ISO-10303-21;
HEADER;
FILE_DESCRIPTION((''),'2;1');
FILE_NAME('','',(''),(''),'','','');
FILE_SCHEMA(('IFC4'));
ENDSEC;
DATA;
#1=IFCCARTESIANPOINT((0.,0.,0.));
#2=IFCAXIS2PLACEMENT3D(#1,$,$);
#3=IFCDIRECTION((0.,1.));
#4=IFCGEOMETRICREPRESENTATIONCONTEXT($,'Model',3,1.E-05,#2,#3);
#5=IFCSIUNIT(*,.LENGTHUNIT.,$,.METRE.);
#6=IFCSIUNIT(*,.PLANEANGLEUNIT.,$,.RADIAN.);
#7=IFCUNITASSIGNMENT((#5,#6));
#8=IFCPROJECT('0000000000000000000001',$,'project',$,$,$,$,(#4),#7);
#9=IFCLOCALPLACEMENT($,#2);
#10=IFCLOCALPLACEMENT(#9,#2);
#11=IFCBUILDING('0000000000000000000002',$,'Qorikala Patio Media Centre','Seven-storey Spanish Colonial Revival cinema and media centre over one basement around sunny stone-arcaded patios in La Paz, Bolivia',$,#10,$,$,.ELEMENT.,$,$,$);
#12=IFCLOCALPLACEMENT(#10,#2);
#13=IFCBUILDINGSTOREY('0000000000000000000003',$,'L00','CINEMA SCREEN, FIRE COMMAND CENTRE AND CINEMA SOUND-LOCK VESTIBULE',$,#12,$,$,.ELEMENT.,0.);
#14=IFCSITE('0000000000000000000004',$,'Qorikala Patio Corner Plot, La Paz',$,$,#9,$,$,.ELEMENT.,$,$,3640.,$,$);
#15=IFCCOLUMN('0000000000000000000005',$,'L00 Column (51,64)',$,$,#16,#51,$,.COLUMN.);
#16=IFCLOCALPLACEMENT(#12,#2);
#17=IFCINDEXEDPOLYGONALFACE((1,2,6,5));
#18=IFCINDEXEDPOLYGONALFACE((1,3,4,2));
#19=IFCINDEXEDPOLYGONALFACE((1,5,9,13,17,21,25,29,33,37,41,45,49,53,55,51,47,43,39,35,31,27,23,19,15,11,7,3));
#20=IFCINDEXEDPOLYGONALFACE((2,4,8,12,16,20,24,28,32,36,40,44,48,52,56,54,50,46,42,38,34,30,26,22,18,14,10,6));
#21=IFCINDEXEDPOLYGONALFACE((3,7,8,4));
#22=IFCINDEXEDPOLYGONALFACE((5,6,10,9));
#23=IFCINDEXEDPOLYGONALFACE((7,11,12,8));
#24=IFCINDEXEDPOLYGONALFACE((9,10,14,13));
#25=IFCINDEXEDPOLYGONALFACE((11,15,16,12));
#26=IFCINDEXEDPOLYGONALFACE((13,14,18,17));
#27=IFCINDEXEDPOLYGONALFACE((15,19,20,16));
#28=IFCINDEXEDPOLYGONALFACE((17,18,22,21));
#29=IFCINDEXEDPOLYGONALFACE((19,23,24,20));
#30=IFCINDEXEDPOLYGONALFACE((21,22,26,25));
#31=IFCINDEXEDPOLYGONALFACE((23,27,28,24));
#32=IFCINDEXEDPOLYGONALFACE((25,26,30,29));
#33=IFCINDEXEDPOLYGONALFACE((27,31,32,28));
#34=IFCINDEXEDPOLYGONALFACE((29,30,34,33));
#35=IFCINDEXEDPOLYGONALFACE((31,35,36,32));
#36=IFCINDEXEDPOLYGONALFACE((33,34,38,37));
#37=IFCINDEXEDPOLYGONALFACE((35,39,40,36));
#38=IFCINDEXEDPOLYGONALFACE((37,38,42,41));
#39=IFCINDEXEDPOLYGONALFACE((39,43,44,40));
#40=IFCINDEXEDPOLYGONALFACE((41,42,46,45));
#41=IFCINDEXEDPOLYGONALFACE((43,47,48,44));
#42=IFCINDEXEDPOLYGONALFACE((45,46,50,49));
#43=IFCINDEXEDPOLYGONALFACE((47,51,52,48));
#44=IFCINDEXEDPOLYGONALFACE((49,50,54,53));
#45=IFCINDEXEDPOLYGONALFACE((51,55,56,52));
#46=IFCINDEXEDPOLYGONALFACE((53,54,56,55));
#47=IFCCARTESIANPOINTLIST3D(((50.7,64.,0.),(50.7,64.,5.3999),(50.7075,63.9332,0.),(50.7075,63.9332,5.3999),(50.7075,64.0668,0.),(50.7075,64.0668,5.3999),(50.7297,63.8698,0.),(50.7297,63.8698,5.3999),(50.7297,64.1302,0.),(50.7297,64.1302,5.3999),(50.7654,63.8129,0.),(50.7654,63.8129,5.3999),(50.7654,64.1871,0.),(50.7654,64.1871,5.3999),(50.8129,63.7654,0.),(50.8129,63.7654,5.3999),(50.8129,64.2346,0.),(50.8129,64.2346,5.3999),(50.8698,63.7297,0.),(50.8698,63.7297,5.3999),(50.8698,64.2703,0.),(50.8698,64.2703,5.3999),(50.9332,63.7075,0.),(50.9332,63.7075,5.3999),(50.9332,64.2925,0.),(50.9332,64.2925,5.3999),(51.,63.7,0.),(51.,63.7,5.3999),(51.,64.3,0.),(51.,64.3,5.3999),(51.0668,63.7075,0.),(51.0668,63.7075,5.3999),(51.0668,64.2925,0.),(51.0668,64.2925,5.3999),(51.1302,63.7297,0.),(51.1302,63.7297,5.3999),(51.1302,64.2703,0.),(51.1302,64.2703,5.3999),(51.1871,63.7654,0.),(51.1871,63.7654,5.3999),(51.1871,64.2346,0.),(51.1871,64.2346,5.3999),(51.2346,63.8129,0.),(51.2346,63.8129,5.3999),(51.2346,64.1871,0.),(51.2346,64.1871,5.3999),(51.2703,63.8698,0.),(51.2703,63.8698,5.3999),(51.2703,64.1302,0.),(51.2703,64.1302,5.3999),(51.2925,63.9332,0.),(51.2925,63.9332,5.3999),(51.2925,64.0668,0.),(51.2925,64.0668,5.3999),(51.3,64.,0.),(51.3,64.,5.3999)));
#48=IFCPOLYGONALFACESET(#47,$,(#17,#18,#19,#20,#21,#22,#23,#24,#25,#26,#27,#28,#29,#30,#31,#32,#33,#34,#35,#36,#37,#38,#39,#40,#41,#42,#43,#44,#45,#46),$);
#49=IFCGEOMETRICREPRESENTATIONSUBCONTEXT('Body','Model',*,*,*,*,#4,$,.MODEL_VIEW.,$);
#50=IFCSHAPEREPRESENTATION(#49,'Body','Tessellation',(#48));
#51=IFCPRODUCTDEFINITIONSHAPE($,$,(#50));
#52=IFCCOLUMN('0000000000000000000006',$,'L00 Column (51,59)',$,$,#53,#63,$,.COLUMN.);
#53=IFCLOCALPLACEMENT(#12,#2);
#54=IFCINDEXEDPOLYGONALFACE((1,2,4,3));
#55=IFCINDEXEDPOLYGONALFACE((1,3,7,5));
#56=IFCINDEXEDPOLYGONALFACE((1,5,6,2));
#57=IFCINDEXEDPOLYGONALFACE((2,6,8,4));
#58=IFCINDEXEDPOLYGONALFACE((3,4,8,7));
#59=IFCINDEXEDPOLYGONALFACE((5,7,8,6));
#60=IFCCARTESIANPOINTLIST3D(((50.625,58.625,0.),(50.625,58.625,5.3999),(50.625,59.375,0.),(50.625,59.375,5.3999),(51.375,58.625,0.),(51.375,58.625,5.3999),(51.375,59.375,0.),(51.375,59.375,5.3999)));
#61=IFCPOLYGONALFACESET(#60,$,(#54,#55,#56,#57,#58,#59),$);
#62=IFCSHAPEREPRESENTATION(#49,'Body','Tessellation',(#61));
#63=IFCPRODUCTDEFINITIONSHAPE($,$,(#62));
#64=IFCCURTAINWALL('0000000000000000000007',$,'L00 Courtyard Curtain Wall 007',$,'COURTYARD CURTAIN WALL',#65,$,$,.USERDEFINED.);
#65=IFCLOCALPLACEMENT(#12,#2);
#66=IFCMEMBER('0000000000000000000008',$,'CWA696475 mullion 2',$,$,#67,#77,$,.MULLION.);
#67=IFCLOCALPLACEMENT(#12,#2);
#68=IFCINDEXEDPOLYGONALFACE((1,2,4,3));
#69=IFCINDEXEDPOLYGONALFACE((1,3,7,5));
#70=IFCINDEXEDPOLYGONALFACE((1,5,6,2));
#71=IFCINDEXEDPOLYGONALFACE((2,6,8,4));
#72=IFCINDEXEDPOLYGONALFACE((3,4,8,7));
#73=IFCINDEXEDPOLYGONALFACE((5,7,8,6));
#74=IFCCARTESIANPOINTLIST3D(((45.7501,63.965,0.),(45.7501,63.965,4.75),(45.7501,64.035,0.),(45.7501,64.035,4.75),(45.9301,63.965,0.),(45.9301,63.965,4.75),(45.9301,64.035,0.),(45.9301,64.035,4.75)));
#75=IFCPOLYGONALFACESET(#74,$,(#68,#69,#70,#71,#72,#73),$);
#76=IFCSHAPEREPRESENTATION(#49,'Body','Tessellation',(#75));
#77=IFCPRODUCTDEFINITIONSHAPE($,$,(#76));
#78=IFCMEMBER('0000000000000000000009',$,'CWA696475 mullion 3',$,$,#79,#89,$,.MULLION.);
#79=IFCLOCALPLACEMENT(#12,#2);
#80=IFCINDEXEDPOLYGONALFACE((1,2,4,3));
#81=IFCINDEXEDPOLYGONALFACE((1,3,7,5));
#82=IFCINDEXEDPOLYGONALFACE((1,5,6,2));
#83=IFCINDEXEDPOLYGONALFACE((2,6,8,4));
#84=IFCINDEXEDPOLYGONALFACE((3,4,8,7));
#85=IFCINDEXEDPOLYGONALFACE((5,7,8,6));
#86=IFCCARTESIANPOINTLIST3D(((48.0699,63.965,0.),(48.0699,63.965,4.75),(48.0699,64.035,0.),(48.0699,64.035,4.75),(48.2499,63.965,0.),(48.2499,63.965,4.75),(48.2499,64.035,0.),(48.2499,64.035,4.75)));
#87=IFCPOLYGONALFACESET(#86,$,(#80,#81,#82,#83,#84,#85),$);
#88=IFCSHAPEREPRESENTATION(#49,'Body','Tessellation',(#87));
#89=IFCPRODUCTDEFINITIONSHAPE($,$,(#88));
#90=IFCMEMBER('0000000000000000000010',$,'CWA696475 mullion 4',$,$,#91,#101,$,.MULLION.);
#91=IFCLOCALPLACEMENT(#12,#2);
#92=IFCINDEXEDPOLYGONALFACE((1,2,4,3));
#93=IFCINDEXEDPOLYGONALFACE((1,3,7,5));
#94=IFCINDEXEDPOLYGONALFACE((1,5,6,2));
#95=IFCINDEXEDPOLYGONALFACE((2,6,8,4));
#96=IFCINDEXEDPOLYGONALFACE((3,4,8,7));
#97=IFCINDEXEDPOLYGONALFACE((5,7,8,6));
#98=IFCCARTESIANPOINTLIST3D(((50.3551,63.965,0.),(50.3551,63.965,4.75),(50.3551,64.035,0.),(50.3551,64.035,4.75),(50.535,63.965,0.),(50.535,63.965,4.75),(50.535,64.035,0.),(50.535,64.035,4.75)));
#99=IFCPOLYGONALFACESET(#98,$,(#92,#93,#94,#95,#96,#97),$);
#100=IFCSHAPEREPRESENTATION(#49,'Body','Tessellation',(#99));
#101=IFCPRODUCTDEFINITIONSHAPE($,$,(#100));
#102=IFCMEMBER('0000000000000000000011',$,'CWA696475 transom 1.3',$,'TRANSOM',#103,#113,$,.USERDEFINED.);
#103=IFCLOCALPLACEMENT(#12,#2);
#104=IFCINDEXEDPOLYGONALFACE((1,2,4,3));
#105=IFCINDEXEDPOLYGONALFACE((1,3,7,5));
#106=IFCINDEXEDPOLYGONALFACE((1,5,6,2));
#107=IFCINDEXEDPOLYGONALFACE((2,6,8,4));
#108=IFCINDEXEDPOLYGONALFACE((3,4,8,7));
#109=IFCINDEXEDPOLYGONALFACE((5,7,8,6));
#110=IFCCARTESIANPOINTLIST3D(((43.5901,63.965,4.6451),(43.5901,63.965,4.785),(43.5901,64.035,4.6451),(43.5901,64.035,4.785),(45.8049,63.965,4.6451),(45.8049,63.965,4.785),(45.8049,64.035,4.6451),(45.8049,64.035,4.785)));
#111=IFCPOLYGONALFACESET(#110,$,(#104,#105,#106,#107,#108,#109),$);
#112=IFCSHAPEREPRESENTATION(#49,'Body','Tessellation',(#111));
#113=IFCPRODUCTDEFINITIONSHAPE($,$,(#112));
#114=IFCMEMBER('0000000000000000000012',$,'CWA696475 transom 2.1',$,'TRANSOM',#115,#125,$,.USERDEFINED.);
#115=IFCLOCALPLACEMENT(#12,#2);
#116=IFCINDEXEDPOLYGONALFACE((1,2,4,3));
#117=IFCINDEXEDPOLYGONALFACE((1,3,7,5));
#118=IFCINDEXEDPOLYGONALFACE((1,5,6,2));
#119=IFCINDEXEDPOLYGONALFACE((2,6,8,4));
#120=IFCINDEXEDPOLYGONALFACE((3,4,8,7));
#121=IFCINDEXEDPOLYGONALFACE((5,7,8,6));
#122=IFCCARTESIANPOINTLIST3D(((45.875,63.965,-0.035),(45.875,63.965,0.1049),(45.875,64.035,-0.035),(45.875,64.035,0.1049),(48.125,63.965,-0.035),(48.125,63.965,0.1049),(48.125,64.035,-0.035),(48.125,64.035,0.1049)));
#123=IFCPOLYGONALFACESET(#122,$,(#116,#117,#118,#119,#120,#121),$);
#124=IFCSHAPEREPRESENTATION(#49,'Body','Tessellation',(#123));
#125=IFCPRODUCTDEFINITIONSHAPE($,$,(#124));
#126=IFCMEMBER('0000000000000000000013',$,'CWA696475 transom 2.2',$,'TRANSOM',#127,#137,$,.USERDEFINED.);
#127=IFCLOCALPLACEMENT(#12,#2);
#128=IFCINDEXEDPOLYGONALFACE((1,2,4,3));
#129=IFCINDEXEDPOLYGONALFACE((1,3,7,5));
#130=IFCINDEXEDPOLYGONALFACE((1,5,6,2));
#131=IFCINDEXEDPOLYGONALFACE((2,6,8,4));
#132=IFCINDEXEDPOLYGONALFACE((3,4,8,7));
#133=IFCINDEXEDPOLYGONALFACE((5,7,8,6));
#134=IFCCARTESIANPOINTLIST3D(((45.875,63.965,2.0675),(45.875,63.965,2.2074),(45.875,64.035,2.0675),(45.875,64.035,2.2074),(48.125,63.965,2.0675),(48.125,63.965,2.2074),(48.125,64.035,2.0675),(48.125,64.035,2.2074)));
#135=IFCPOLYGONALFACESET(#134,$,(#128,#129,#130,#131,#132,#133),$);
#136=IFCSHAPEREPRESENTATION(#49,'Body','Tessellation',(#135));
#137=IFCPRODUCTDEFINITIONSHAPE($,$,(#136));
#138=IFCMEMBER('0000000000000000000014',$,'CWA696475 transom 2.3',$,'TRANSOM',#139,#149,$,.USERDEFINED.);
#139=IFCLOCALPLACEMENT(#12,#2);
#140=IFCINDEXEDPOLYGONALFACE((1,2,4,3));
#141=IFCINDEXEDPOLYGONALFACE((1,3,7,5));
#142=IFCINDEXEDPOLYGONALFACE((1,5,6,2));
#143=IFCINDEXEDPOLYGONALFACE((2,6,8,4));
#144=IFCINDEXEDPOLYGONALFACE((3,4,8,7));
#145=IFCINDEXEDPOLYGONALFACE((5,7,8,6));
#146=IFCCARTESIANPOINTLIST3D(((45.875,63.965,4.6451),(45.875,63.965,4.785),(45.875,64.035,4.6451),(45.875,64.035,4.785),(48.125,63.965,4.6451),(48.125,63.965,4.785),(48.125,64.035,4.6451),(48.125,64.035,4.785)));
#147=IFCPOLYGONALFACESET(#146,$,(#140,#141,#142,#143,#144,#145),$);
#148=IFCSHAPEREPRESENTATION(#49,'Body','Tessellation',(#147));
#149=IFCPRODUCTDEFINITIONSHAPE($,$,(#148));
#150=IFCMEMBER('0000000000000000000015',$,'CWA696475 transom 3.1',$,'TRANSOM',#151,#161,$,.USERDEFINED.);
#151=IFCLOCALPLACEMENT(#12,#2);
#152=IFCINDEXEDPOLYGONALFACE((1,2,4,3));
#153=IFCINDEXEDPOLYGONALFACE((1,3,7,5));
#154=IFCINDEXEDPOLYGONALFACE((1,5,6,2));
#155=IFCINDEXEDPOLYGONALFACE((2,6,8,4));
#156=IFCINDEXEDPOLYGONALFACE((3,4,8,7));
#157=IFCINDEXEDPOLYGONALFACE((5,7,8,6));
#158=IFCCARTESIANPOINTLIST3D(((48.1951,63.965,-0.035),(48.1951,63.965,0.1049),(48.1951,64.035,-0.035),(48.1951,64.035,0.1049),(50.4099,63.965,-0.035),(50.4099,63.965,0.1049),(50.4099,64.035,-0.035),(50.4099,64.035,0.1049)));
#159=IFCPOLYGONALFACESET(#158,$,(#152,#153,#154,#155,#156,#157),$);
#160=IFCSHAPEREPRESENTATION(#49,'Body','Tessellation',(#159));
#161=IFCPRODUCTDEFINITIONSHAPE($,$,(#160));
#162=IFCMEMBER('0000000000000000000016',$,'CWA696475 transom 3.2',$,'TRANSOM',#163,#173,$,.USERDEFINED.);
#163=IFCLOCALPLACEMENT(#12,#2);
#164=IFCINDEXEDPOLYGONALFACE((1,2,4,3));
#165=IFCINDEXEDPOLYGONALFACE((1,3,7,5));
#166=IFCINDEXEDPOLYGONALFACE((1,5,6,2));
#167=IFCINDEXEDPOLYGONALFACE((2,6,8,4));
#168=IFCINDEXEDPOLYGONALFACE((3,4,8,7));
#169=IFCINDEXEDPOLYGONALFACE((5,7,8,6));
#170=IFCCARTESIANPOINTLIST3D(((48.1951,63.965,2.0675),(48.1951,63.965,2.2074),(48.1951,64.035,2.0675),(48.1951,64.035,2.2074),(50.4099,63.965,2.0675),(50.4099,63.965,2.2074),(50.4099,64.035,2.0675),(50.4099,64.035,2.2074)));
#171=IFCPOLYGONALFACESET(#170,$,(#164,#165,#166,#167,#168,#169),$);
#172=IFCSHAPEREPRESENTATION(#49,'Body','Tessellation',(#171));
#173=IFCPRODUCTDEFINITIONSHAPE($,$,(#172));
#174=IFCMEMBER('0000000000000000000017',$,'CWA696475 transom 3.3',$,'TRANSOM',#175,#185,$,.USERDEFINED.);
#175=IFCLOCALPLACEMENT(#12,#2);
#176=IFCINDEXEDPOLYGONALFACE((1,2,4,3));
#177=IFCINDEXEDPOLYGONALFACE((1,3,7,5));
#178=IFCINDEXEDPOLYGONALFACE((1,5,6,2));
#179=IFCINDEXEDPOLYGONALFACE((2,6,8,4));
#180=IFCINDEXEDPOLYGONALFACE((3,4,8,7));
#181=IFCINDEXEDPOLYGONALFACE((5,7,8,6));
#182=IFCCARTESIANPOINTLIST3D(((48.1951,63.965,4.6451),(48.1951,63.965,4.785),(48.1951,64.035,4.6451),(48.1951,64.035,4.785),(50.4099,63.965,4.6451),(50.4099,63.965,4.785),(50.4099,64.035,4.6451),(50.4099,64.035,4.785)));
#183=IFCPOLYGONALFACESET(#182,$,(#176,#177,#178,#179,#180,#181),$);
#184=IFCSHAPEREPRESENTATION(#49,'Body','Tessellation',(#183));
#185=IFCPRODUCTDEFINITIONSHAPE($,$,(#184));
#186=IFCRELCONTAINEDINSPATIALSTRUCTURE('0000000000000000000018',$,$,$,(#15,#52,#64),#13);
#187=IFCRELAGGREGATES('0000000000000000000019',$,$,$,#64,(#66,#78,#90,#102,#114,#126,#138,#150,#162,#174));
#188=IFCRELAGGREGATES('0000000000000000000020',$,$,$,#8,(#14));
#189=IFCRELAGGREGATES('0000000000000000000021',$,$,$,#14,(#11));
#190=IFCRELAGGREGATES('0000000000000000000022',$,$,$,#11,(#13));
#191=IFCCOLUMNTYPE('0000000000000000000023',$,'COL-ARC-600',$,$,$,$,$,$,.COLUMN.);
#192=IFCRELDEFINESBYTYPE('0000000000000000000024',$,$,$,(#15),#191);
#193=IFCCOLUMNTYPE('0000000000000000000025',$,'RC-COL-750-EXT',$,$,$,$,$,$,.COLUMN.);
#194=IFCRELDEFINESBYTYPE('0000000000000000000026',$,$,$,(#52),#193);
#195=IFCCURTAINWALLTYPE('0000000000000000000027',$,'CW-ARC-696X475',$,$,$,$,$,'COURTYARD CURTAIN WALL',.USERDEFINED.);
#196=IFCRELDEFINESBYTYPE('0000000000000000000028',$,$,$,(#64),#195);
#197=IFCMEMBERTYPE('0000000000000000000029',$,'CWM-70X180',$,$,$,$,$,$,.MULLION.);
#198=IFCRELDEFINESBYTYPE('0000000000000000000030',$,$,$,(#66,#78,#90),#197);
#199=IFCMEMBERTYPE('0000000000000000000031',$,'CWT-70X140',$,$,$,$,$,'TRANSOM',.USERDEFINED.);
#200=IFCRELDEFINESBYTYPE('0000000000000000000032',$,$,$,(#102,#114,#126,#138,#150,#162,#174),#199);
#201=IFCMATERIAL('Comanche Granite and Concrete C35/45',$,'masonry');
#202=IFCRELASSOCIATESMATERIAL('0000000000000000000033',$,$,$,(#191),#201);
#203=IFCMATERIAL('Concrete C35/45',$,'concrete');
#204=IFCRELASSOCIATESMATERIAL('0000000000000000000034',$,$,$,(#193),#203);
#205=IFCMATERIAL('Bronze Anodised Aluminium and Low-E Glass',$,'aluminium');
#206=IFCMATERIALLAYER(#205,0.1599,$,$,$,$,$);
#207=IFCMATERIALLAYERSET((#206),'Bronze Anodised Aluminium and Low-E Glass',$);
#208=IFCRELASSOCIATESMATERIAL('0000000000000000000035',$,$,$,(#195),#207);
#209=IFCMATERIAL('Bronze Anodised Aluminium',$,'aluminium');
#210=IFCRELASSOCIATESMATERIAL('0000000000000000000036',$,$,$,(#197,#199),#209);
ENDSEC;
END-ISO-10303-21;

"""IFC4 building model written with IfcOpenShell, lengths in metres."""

from ifc_helpers import new_model, si_unit, direction, frame, origin, origin_2d, place, context, subcontext, project, spatial, rectangle, circle, extrude, material, layer, layer_set, material_profile, profile_set, type_object, element, aggregate, save


model = new_model("IFC4")

# Units and contexts
model_context = context("Model", 3, precision=1e-05, world=origin(), true_north=direction((0.0, 1.0)))
body_context = subcontext(model_context, "Body", "Model", "MODEL_VIEW")
ifc_project = project(units=[si_unit("LENGTHUNIT", "METRE"), si_unit("PLANEANGLEUNIT", "RADIAN")], contexts=[model_context])

# Site, building, storey
site_placement = place(None, origin())
site = spatial("IfcSite", under=ifc_project, at=site_placement, Name="Qorikala Patio Corner Plot, La Paz", CompositionType="ELEMENT", RefElevation=3640.0)
building_placement = place(site_placement, origin())
building = spatial("IfcBuilding", under=site, at=building_placement, Name="Qorikala Patio Media Centre", Description="Seven-storey Spanish Colonial Revival cinema and media centre over one basement around sunny stone-arcaded patios in La Paz, Bolivia", CompositionType="ELEMENT")
storey_placement = place(building_placement, origin())
storey = spatial("IfcBuildingStorey", under=building, at=storey_placement, Name="L00", Description="CINEMA SCREEN, FIRE COMMAND CENTRE AND CINEMA SOUND-LOCK VESTIBULE", CompositionType="ELEMENT", Elevation=0.0)

# Columns
ifc_material_1 = material(Name="Comanche Granite and Concrete C35/45", Category="masonry")
ifc_material_profile_1 = material_profile(ifc_material_1, circle(Radius=0.3, at=origin_2d()), Name="STONE COL D600")
ifc_profile_set_1 = profile_set([ifc_material_profile_1], Name="Comanche Granite and Concrete C35/45")
column_type_1 = type_object("IfcColumnType", Name="COL-ARC-600", PredefinedType="COLUMN", material=ifc_profile_set_1)
column_1_placement = place(storey_placement, frame((51.0, 64.0, 0.0), z_axis=(0.0, 0.0, 1.0), x_axis=(1.0, 0.0, 0.0)))
element("IfcColumn", 1, at=column_1_placement, inside=storey, type_object=column_type_1, Name="L00 Column (51,64)", PredefinedType="COLUMN", context=body_context, shape_type="SweptSolid", body=[
    extrude(circle(Radius=0.3, at=origin_2d()), origin(), (0.0, 0.0, 1.0), 5.3999),
])
ifc_material_2 = material(Name="Concrete C35/45", Category="concrete")
ifc_material_profile_2 = material_profile(ifc_material_2, rectangle(XDim=0.75, YDim=0.75, at=origin_2d()), Name="RC 750x750")
ifc_profile_set_2 = profile_set([ifc_material_profile_2], Name="Concrete C35/45")
column_type_2 = type_object("IfcColumnType", Name="RC-COL-750-EXT", PredefinedType="COLUMN", material=ifc_profile_set_2)
column_2_placement = place(storey_placement, frame((51.0, 59.0, 0.0), z_axis=(0.0, 0.0, 1.0), x_axis=(1.0, 0.0, 0.0)))
element("IfcColumn", 2, at=column_2_placement, inside=storey, type_object=column_type_2, Name="L00 Column (51,59)", PredefinedType="COLUMN", context=body_context, shape_type="SweptSolid", body=[
    extrude(rectangle(XDim=0.75, YDim=0.75, at=origin_2d()), origin(), (0.0, 0.0, 1.0), 5.3999),
])

# Curtain wall, members
ifc_material_3 = material(Name="Bronze Anodised Aluminium and Low-E Glass", Category="aluminium")
ifc_layer_1 = layer(ifc_material_3, 0.1599)
ifc_layer_set_1 = layer_set([ifc_layer_1], Name="Bronze Anodised Aluminium and Low-E Glass")
curtain_wall_type = type_object("IfcCurtainWallType", Name="CW-ARC-696X475", ElementType="COURTYARD CURTAIN WALL", PredefinedType="USERDEFINED", material=ifc_layer_set_1)
curtain_wall_placement = place(storey_placement, origin())
curtain_wall = element("IfcCurtainWall", 3, at=curtain_wall_placement, inside=storey, type_object=curtain_wall_type, Name="L00 Courtyard Curtain Wall 007", ObjectType="COURTYARD CURTAIN WALL", PredefinedType="USERDEFINED")
ifc_material_4 = material(Name="Bronze Anodised Aluminium", Category="aluminium")
ifc_material_profile_3 = material_profile(ifc_material_4, rectangle(XDim=0.0701, YDim=0.1799, at=origin_2d()), Name="ALU MULLION 70x180")
ifc_profile_set_3 = profile_set([ifc_material_profile_3], Name="Bronze Anodised Aluminium")
member_type_1 = type_object("IfcMemberType", Name="CWM-70X180", PredefinedType="MULLION", material=ifc_profile_set_3)
member_1_placement = place(storey_placement, frame((45.8401, 64.0, 0.0), z_axis=(0.0, 0.0, 1.0), x_axis=(0.0, 1.0, 0.0)))
member_1 = element("IfcMember", 4, at=member_1_placement, type_object=member_type_1, Name="CWA696475 mullion 2", PredefinedType="MULLION", context=body_context, shape_type="SweptSolid", body=[
    extrude(rectangle(XDim=0.0701, YDim=0.1799, at=origin_2d()), origin(), (0.0, 0.0, 1.0), 4.75),
])
member_2_placement = place(storey_placement, frame((48.1599, 64.0, 0.0), z_axis=(0.0, 0.0, 1.0), x_axis=(0.0, 1.0, 0.0)))
member_2 = element("IfcMember", 5, at=member_2_placement, type_object=member_type_1, Name="CWA696475 mullion 3", PredefinedType="MULLION", context=body_context, shape_type="SweptSolid", body=[
    extrude(rectangle(XDim=0.0701, YDim=0.1799, at=origin_2d()), origin(), (0.0, 0.0, 1.0), 4.75),
])
member_3_placement = place(storey_placement, frame((50.4451, 64.0, 0.0), z_axis=(0.0, 0.0, 1.0), x_axis=(0.0, 1.0, 0.0)))
member_3 = element("IfcMember", 6, at=member_3_placement, type_object=member_type_1, Name="CWA696475 mullion 4", PredefinedType="MULLION", context=body_context, shape_type="SweptSolid", body=[
    extrude(rectangle(XDim=0.0701, YDim=0.1799, at=origin_2d()), origin(), (0.0, 0.0, 1.0), 4.75),
])
ifc_material_profile_4 = material_profile(ifc_material_4, rectangle(XDim=0.0701, YDim=0.1399, at=origin_2d()), Name="ALU TRANSOM 70x140")
ifc_profile_set_4 = profile_set([ifc_material_profile_4], Name="Bronze Anodised Aluminium")
member_type_2 = type_object("IfcMemberType", Name="CWT-70X140", ElementType="TRANSOM", PredefinedType="USERDEFINED", material=ifc_profile_set_4)
member_4_placement = place(storey_placement, frame((43.5901, 64.0, 4.7151), z_axis=(1.0, 0.0, 0.0), x_axis=(0.0, 1.0, 0.0)))
member_4 = element("IfcMember", 7, at=member_4_placement, type_object=member_type_2, Name="CWA696475 transom 1.3", ObjectType="TRANSOM", PredefinedType="USERDEFINED", context=body_context, shape_type="SweptSolid", body=[
    extrude(rectangle(XDim=0.0701, YDim=0.1399, at=origin_2d()), origin(), (0.0, 0.0, 1.0), 2.2148),
])
member_5_placement = place(storey_placement, frame((45.875, 64.0, 0.0349), z_axis=(1.0, 0.0, 0.0), x_axis=(0.0, 1.0, 0.0)))
member_5 = element("IfcMember", 8, at=member_5_placement, type_object=member_type_2, Name="CWA696475 transom 2.1", ObjectType="TRANSOM", PredefinedType="USERDEFINED", context=body_context, shape_type="SweptSolid", body=[
    extrude(rectangle(XDim=0.0701, YDim=0.1399, at=origin_2d()), origin(), (0.0, 0.0, 1.0), 2.25),
])
member_6_placement = place(storey_placement, frame((45.875, 64.0, 2.1375), z_axis=(1.0, 0.0, 0.0), x_axis=(0.0, 1.0, 0.0)))
member_6 = element("IfcMember", 9, at=member_6_placement, type_object=member_type_2, Name="CWA696475 transom 2.2", ObjectType="TRANSOM", PredefinedType="USERDEFINED", context=body_context, shape_type="SweptSolid", body=[
    extrude(rectangle(XDim=0.0701, YDim=0.1399, at=origin_2d()), origin(), (0.0, 0.0, 1.0), 2.25),
])
member_7_placement = place(storey_placement, frame((45.875, 64.0, 4.7151), z_axis=(1.0, 0.0, 0.0), x_axis=(0.0, 1.0, 0.0)))
member_7 = element("IfcMember", 10, at=member_7_placement, type_object=member_type_2, Name="CWA696475 transom 2.3", ObjectType="TRANSOM", PredefinedType="USERDEFINED", context=body_context, shape_type="SweptSolid", body=[
    extrude(rectangle(XDim=0.0701, YDim=0.1399, at=origin_2d()), origin(), (0.0, 0.0, 1.0), 2.25),
])
member_8_placement = place(storey_placement, frame((48.1951, 64.0, 0.0349), z_axis=(1.0, 0.0, 0.0), x_axis=(0.0, 1.0, 0.0)))
member_8 = element("IfcMember", 11, at=member_8_placement, type_object=member_type_2, Name="CWA696475 transom 3.1", ObjectType="TRANSOM", PredefinedType="USERDEFINED", context=body_context, shape_type="SweptSolid", body=[
    extrude(rectangle(XDim=0.0701, YDim=0.1399, at=origin_2d()), origin(), (0.0, 0.0, 1.0), 2.2148),
])
member_9_placement = place(storey_placement, frame((48.1951, 64.0, 2.1375), z_axis=(1.0, 0.0, 0.0), x_axis=(0.0, 1.0, 0.0)))
member_9 = element("IfcMember", 12, at=member_9_placement, type_object=member_type_2, Name="CWA696475 transom 3.2", ObjectType="TRANSOM", PredefinedType="USERDEFINED", context=body_context, shape_type="SweptSolid", body=[
    extrude(rectangle(XDim=0.0701, YDim=0.1399, at=origin_2d()), origin(), (0.0, 0.0, 1.0), 2.2148),
])
member_10_placement = place(storey_placement, frame((48.1951, 64.0, 4.7151), z_axis=(1.0, 0.0, 0.0), x_axis=(0.0, 1.0, 0.0)))
member_10 = element("IfcMember", 13, at=member_10_placement, type_object=member_type_2, Name="CWA696475 transom 3.3", ObjectType="TRANSOM", PredefinedType="USERDEFINED", context=body_context, shape_type="SweptSolid", body=[
    extrude(rectangle(XDim=0.0701, YDim=0.1399, at=origin_2d()), origin(), (0.0, 0.0, 1.0), 2.2148),
])

aggregate(curtain_wall, [member_1, member_2, member_3, member_4, member_5, member_6, member_7, member_8, member_9, member_10])

save(model, "model.ifc")
